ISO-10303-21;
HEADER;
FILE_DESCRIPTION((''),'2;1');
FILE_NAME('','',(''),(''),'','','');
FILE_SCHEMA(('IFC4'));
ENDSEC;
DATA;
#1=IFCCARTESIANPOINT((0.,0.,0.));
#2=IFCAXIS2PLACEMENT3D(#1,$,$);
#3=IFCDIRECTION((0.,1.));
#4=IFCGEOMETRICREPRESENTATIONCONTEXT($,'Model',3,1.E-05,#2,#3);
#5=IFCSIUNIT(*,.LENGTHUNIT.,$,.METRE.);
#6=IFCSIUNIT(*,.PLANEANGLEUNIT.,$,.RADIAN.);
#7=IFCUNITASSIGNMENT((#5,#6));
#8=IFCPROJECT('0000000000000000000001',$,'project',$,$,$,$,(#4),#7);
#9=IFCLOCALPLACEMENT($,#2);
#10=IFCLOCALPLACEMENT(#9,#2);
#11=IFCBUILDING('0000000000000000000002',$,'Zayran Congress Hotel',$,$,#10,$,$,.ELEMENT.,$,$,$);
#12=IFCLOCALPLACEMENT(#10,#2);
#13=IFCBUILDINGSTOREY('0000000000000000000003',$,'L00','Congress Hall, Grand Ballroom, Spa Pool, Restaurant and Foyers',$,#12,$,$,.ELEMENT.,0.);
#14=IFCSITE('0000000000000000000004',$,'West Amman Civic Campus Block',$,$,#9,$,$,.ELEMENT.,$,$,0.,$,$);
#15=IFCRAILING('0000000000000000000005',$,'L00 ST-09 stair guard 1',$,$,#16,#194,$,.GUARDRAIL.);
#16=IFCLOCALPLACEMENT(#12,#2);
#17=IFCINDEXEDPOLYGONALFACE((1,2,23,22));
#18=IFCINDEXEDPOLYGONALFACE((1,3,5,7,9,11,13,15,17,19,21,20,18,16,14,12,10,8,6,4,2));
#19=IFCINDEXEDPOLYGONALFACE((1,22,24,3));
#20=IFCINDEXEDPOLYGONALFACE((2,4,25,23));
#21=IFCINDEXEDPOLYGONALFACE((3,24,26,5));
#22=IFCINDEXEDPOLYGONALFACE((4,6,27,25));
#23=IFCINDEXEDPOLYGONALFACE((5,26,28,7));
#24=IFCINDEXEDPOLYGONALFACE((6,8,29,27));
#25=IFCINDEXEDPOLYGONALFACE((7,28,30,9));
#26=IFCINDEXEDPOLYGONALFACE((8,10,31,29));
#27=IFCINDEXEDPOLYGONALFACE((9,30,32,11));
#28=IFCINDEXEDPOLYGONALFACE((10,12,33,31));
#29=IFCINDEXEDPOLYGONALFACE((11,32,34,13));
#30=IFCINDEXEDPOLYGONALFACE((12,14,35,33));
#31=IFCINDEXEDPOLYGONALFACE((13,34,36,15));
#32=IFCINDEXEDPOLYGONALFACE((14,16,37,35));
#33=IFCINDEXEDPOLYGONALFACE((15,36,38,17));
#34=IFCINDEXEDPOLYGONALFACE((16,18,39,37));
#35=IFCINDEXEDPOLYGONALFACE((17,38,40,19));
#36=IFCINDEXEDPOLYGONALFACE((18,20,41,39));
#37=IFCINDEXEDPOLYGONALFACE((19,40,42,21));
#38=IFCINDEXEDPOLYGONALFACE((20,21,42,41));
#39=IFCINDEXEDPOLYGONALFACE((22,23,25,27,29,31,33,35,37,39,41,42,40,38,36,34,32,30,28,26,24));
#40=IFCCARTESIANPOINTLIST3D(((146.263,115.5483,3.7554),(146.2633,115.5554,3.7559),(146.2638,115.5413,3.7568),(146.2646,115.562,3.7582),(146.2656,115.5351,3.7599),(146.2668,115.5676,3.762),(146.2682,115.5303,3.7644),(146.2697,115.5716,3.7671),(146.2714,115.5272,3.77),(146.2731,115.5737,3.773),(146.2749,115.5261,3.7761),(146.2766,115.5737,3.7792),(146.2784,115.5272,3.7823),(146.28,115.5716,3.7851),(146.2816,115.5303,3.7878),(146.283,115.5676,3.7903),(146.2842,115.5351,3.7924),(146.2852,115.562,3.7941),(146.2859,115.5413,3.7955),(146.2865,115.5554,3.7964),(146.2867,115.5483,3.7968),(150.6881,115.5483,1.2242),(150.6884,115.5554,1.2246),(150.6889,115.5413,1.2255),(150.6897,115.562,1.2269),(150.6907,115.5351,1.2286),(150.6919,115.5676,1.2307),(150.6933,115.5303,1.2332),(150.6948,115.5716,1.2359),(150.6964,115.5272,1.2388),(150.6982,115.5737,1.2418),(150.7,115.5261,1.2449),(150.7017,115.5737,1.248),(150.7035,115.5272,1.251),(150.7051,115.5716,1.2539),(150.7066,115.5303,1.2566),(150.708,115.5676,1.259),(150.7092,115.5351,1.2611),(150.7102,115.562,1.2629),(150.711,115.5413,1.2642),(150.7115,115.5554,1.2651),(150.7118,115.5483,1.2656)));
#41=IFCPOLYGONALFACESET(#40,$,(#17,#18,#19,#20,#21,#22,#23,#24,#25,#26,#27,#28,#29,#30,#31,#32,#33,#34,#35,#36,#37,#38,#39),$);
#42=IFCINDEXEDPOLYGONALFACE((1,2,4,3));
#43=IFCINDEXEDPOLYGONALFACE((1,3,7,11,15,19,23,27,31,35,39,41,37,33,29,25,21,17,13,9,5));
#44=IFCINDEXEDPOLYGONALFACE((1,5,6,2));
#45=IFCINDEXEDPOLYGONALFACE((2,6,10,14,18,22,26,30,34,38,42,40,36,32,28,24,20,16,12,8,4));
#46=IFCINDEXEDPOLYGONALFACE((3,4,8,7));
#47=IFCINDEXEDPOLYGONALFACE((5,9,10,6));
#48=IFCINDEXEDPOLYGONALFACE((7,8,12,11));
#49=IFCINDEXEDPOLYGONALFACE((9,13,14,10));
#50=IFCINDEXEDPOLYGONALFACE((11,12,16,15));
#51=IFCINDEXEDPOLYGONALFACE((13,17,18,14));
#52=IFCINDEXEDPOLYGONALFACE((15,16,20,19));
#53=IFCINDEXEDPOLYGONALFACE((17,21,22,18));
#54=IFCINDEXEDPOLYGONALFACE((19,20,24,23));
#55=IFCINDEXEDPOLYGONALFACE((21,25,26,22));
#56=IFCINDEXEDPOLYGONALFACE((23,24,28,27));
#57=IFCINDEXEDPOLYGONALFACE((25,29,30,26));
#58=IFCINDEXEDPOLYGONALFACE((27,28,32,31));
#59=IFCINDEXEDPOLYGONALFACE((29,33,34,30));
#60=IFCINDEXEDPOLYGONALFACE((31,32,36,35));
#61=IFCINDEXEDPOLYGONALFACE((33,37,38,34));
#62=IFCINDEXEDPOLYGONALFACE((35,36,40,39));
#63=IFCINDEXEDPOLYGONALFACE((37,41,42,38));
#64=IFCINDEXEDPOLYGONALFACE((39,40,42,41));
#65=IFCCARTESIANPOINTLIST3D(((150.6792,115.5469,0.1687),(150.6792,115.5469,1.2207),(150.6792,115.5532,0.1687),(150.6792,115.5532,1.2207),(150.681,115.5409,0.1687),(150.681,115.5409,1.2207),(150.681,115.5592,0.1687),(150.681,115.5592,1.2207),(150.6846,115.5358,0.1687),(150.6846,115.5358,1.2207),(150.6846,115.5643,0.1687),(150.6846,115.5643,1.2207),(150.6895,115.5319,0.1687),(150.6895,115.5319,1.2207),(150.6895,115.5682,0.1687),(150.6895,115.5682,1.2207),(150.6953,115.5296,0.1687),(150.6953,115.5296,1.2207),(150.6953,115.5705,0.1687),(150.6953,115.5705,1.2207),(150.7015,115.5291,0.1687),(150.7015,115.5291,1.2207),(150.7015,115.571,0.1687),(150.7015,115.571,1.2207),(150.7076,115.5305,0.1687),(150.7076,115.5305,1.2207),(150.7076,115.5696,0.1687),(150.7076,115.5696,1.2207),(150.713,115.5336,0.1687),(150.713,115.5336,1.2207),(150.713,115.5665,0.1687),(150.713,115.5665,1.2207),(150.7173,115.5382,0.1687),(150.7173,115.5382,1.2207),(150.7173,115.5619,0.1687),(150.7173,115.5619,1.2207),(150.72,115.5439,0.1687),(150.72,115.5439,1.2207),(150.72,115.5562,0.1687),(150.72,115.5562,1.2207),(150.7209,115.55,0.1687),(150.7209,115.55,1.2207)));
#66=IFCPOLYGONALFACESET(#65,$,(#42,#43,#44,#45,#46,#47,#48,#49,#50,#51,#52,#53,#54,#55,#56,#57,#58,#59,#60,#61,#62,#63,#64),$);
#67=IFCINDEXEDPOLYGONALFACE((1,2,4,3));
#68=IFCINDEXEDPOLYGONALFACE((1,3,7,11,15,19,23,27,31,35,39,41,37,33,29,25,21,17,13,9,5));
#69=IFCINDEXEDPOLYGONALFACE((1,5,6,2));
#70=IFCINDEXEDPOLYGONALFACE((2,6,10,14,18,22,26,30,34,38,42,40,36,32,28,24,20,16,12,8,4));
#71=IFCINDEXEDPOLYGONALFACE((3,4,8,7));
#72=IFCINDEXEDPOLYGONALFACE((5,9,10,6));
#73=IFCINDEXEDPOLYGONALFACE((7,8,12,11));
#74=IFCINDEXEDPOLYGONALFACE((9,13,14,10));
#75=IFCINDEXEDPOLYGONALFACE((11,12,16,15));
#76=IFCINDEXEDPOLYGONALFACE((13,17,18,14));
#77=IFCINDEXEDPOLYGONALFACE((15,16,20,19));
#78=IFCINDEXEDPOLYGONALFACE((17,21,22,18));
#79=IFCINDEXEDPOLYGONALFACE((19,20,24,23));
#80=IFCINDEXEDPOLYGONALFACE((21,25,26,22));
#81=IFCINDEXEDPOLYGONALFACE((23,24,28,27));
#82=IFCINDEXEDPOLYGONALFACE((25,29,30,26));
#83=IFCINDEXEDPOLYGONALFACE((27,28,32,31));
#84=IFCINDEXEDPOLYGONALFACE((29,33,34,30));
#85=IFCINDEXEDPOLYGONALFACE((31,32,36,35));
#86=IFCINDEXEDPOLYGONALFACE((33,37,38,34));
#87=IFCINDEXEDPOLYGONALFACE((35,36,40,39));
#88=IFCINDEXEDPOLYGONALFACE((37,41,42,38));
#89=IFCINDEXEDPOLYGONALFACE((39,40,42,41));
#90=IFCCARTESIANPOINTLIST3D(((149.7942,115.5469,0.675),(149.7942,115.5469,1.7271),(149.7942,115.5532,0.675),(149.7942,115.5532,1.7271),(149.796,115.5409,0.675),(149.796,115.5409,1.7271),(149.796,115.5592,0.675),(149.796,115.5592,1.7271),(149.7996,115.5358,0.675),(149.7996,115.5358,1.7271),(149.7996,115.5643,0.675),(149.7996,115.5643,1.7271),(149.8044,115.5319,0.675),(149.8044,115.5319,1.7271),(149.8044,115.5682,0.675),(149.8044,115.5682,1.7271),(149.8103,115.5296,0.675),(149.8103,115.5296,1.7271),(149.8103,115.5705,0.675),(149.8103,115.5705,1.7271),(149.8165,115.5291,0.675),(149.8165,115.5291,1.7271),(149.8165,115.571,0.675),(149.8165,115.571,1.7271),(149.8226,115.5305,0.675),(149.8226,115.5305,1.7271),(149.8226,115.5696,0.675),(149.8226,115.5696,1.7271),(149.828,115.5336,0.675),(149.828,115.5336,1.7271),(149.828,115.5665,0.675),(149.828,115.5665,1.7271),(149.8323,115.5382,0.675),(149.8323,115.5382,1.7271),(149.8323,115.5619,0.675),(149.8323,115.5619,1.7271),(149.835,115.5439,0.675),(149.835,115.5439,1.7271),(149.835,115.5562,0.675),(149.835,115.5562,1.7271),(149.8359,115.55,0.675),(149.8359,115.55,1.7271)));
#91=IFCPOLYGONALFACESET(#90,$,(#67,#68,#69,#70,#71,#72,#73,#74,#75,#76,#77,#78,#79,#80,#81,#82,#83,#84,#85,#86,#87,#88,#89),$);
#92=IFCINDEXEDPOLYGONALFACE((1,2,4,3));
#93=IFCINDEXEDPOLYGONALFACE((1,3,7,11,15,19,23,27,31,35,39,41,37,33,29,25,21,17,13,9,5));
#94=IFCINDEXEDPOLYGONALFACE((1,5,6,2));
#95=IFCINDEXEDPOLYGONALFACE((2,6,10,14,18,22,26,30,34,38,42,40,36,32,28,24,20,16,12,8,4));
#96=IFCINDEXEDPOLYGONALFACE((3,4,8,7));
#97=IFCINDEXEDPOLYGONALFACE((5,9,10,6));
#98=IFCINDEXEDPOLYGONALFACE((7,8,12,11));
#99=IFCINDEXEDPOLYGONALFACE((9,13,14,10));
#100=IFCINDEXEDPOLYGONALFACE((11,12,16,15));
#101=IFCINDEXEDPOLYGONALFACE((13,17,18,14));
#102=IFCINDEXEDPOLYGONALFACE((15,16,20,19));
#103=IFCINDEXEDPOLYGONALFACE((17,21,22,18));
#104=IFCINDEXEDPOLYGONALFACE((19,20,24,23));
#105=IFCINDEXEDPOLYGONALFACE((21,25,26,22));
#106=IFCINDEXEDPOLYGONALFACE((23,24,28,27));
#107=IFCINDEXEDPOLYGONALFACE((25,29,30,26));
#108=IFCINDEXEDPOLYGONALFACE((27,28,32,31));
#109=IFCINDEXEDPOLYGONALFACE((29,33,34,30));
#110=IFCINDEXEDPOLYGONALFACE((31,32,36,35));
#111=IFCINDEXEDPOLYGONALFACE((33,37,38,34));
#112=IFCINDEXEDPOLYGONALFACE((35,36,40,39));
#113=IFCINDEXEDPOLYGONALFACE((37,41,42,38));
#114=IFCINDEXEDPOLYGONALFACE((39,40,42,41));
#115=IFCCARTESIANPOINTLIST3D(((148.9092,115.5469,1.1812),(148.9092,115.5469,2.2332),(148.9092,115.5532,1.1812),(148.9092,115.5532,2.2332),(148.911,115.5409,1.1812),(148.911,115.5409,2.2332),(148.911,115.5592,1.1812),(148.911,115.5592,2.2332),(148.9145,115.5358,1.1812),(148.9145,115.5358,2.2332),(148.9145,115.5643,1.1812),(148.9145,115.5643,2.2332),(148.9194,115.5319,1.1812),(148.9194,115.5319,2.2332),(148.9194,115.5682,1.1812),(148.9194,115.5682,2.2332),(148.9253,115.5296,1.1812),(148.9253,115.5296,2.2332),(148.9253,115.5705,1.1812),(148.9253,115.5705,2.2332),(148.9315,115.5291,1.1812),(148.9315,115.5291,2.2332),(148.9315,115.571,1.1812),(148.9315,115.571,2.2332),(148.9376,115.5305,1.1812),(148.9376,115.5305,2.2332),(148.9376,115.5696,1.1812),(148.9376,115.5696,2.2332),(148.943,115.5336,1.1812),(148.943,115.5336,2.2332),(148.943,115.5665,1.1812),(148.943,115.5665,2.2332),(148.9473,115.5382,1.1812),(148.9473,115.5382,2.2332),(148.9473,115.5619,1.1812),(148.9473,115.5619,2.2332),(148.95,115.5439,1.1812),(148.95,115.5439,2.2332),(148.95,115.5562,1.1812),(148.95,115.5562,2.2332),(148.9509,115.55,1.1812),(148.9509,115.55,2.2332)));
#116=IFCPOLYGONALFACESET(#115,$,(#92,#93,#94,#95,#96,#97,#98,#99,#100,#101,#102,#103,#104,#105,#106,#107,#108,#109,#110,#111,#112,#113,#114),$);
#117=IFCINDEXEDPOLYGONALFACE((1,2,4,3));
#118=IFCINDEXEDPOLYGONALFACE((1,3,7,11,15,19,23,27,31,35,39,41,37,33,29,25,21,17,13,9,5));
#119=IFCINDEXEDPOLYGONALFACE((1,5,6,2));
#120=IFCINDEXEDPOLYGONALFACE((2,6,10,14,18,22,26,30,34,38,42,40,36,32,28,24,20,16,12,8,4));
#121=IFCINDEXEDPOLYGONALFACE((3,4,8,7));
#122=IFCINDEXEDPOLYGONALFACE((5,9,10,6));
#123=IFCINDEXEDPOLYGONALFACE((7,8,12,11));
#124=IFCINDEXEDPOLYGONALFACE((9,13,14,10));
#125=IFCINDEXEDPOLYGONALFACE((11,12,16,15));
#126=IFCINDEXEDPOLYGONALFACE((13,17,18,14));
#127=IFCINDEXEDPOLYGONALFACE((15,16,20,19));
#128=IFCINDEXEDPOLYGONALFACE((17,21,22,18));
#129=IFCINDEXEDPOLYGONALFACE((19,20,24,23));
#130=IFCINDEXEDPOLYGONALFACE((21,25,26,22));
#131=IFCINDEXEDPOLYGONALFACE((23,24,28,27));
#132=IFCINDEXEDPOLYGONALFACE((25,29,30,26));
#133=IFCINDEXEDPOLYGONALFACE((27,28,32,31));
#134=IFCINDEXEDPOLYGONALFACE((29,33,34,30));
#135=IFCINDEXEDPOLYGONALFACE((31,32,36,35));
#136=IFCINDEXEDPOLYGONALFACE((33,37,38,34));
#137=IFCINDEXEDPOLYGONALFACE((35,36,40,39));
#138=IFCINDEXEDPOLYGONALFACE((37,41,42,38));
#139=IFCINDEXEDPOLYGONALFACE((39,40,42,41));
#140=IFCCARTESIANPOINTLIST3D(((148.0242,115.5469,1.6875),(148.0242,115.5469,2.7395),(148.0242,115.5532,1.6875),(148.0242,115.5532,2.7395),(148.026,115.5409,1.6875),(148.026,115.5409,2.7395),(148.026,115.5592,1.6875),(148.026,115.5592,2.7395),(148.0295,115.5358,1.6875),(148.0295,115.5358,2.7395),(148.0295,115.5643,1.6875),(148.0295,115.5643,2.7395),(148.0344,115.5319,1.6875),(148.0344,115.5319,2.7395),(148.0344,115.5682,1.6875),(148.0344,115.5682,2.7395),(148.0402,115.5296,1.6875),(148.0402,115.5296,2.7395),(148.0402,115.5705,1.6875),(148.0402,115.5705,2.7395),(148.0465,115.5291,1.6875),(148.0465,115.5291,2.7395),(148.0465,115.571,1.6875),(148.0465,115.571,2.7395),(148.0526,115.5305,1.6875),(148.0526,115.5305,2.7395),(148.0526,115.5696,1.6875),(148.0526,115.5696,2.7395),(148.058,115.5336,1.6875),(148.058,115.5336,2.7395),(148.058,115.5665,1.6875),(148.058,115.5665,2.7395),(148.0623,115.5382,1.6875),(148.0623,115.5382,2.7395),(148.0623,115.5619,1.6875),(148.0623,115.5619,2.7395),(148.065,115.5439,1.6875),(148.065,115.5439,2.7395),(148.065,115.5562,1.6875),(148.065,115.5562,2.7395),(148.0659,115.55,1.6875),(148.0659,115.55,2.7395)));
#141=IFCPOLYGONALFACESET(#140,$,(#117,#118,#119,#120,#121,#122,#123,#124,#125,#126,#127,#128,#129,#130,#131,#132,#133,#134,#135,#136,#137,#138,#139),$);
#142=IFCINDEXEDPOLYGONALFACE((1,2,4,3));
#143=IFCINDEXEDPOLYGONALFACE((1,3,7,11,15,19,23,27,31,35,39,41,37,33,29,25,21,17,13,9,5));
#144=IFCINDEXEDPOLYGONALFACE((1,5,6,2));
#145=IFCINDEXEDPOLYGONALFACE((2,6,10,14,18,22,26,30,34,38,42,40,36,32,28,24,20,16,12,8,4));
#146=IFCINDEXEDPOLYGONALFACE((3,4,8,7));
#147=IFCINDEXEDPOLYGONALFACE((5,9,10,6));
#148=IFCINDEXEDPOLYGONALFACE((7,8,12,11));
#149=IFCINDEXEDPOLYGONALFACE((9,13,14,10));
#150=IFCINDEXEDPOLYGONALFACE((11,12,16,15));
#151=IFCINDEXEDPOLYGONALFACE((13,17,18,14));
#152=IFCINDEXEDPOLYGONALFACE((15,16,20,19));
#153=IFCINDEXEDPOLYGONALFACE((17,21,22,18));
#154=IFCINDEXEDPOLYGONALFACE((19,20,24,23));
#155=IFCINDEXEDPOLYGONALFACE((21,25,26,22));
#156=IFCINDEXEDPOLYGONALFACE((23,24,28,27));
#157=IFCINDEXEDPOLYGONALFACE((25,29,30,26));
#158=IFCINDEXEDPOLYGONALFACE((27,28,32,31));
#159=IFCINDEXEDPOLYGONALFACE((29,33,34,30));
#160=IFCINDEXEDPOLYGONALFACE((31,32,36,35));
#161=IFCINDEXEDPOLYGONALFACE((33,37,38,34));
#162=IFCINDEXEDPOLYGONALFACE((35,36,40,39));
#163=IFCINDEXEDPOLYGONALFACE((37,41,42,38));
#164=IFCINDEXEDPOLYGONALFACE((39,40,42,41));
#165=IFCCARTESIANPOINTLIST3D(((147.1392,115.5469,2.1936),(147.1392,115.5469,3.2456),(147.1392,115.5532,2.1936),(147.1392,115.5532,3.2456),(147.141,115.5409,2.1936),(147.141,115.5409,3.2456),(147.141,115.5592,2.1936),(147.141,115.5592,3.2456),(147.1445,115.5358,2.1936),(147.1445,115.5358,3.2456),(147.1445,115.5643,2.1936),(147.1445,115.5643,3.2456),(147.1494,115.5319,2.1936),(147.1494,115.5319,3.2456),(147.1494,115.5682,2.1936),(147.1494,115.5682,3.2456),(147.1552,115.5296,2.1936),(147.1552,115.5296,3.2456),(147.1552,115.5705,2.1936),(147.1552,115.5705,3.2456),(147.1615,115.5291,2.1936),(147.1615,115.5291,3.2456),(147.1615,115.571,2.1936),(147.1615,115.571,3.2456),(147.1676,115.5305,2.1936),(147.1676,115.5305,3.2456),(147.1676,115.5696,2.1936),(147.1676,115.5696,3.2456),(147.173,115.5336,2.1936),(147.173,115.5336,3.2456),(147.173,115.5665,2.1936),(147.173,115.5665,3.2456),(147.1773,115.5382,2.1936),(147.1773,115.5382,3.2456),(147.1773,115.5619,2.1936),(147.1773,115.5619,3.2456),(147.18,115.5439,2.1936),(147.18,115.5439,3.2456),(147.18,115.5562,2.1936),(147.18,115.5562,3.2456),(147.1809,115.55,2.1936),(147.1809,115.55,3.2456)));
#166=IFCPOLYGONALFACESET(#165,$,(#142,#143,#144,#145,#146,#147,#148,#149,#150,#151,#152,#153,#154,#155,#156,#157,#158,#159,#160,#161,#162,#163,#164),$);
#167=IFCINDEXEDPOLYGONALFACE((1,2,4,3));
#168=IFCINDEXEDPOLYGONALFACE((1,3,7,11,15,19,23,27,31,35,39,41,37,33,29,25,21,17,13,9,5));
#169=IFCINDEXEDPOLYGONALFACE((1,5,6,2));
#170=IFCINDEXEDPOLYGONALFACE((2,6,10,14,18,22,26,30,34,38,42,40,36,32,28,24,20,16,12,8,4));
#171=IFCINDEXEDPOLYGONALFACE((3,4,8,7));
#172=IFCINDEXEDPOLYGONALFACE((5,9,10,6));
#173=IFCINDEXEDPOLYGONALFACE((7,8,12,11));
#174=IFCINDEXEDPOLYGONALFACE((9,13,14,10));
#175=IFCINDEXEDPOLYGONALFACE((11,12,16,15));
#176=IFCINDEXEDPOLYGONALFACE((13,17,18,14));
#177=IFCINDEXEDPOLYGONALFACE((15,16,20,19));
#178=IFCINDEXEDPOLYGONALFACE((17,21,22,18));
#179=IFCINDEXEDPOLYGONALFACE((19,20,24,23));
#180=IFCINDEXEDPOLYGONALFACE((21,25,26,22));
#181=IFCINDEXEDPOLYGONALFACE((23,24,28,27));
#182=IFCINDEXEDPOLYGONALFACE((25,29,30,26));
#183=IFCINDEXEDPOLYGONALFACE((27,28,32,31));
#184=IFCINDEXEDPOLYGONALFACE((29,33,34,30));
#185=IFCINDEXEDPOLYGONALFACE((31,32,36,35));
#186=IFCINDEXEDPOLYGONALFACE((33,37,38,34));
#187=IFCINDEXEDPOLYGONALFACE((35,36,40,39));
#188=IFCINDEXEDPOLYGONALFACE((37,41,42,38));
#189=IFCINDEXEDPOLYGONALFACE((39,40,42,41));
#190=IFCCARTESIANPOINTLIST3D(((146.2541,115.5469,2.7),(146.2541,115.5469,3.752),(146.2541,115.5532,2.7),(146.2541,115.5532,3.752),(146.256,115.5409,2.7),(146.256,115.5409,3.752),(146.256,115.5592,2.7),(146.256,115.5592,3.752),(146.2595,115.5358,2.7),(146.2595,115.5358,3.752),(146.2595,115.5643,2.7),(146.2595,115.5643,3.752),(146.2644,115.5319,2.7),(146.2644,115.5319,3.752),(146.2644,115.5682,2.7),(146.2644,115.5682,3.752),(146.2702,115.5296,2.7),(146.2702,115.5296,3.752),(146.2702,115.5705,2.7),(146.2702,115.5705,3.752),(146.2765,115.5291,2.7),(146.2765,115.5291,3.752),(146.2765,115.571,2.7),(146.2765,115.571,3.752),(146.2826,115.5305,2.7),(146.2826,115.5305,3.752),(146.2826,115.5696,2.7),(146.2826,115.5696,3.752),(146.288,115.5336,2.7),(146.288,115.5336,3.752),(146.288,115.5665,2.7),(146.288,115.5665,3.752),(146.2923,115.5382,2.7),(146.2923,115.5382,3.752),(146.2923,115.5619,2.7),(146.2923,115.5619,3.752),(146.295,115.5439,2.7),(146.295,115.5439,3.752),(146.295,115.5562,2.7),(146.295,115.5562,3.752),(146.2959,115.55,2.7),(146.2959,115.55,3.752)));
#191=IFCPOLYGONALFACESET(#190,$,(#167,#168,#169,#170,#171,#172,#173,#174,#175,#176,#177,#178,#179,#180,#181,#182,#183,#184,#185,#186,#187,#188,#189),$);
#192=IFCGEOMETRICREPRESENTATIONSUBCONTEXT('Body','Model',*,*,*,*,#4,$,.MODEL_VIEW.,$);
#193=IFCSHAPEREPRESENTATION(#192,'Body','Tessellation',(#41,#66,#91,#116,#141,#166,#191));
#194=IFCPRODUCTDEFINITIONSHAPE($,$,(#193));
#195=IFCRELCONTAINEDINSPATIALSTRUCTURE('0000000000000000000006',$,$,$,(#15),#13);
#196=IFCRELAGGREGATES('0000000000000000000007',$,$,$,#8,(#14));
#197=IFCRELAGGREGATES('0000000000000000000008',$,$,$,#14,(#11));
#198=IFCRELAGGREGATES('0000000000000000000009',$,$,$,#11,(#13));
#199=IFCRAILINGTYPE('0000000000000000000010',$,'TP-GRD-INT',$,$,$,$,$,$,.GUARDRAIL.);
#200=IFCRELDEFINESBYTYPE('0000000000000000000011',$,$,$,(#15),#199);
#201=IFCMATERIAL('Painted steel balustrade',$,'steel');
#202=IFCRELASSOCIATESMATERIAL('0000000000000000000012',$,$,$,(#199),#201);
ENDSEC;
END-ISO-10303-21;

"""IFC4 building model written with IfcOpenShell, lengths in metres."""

from ifc_helpers import new_model, si_unit, direction, frame, origin, origin_2d, place, context, subcontext, project, spatial, circle, extrude, material, type_object, element, save


model = new_model("IFC4")

# Units and contexts
model_context = context("Model", 3, precision=1e-05, world=origin(), true_north=direction((0.0, 1.0)))
body_context = subcontext(model_context, "Body", "Model", "MODEL_VIEW")
ifc_project = project(units=[si_unit("LENGTHUNIT", "METRE"), si_unit("PLANEANGLEUNIT", "RADIAN")], contexts=[model_context])

# Site, building, storey
site_placement = place(None, origin())
site = spatial("IfcSite", under=ifc_project, at=site_placement, Name="West Amman Civic Campus Block", CompositionType="ELEMENT", RefElevation=0.0)
building_placement = place(site_placement, origin())
building = spatial("IfcBuilding", under=site, at=building_placement, Name="Zayran Congress Hotel", CompositionType="ELEMENT")
storey_placement = place(building_placement, origin())
storey = spatial("IfcBuildingStorey", under=building, at=storey_placement, Name="L00", Description="Congress Hall, Grand Ballroom, Spa Pool, Restaurant and Foyers", CompositionType="ELEMENT", Elevation=0.0)

# Railing
ifc_material_1 = material(Name="Painted steel balustrade", Category="steel")
railing_type_1 = type_object("IfcRailingType", Name="TP-GRD-INT", PredefinedType="GUARDRAIL", material=ifc_material_1)
railing_1_placement = place(storey_placement, frame((150.7, 115.55, 0.1687)))
element("IfcRailing", 1, at=railing_1_placement, inside=storey, type_object=railing_type_1, Name="L00 ST-09 stair guard 1", PredefinedType="GUARDRAIL", context=body_context, shape_type="SweptSolid", body=[
    extrude(circle(Radius=0.0239, at=origin_2d()), frame((0.0, 0.0, 1.0762), z_axis=(-0.868019, 0.0, 0.496531), x_axis=(0.0, -1.0, 0.0)), (0.0, 0.0, 1.0), 5.0979),
    extrude(circle(Radius=0.021, at=origin_2d()), origin(), (0.0, 0.0, 1.0), 1.052),
    extrude(circle(Radius=0.021, at=origin_2d()), frame((-0.885, 0.0, 0.5063)), (0.0, 0.0, 1.0), 1.052),
    extrude(circle(Radius=0.021, at=origin_2d()), frame((-1.77, 0.0, 1.0125)), (0.0, 0.0, 1.0), 1.052),
    extrude(circle(Radius=0.021, at=origin_2d()), frame((-2.655, 0.0, 1.5188)), (0.0, 0.0, 1.0), 1.052),
    extrude(circle(Radius=0.021, at=origin_2d()), frame((-3.54, 0.0, 2.0249)), (0.0, 0.0, 1.0), 1.052),
    extrude(circle(Radius=0.021, at=origin_2d()), frame((-4.425, 0.0, 2.5312)), (0.0, 0.0, 1.0), 1.052),
])

save(model, "model.ifc")
